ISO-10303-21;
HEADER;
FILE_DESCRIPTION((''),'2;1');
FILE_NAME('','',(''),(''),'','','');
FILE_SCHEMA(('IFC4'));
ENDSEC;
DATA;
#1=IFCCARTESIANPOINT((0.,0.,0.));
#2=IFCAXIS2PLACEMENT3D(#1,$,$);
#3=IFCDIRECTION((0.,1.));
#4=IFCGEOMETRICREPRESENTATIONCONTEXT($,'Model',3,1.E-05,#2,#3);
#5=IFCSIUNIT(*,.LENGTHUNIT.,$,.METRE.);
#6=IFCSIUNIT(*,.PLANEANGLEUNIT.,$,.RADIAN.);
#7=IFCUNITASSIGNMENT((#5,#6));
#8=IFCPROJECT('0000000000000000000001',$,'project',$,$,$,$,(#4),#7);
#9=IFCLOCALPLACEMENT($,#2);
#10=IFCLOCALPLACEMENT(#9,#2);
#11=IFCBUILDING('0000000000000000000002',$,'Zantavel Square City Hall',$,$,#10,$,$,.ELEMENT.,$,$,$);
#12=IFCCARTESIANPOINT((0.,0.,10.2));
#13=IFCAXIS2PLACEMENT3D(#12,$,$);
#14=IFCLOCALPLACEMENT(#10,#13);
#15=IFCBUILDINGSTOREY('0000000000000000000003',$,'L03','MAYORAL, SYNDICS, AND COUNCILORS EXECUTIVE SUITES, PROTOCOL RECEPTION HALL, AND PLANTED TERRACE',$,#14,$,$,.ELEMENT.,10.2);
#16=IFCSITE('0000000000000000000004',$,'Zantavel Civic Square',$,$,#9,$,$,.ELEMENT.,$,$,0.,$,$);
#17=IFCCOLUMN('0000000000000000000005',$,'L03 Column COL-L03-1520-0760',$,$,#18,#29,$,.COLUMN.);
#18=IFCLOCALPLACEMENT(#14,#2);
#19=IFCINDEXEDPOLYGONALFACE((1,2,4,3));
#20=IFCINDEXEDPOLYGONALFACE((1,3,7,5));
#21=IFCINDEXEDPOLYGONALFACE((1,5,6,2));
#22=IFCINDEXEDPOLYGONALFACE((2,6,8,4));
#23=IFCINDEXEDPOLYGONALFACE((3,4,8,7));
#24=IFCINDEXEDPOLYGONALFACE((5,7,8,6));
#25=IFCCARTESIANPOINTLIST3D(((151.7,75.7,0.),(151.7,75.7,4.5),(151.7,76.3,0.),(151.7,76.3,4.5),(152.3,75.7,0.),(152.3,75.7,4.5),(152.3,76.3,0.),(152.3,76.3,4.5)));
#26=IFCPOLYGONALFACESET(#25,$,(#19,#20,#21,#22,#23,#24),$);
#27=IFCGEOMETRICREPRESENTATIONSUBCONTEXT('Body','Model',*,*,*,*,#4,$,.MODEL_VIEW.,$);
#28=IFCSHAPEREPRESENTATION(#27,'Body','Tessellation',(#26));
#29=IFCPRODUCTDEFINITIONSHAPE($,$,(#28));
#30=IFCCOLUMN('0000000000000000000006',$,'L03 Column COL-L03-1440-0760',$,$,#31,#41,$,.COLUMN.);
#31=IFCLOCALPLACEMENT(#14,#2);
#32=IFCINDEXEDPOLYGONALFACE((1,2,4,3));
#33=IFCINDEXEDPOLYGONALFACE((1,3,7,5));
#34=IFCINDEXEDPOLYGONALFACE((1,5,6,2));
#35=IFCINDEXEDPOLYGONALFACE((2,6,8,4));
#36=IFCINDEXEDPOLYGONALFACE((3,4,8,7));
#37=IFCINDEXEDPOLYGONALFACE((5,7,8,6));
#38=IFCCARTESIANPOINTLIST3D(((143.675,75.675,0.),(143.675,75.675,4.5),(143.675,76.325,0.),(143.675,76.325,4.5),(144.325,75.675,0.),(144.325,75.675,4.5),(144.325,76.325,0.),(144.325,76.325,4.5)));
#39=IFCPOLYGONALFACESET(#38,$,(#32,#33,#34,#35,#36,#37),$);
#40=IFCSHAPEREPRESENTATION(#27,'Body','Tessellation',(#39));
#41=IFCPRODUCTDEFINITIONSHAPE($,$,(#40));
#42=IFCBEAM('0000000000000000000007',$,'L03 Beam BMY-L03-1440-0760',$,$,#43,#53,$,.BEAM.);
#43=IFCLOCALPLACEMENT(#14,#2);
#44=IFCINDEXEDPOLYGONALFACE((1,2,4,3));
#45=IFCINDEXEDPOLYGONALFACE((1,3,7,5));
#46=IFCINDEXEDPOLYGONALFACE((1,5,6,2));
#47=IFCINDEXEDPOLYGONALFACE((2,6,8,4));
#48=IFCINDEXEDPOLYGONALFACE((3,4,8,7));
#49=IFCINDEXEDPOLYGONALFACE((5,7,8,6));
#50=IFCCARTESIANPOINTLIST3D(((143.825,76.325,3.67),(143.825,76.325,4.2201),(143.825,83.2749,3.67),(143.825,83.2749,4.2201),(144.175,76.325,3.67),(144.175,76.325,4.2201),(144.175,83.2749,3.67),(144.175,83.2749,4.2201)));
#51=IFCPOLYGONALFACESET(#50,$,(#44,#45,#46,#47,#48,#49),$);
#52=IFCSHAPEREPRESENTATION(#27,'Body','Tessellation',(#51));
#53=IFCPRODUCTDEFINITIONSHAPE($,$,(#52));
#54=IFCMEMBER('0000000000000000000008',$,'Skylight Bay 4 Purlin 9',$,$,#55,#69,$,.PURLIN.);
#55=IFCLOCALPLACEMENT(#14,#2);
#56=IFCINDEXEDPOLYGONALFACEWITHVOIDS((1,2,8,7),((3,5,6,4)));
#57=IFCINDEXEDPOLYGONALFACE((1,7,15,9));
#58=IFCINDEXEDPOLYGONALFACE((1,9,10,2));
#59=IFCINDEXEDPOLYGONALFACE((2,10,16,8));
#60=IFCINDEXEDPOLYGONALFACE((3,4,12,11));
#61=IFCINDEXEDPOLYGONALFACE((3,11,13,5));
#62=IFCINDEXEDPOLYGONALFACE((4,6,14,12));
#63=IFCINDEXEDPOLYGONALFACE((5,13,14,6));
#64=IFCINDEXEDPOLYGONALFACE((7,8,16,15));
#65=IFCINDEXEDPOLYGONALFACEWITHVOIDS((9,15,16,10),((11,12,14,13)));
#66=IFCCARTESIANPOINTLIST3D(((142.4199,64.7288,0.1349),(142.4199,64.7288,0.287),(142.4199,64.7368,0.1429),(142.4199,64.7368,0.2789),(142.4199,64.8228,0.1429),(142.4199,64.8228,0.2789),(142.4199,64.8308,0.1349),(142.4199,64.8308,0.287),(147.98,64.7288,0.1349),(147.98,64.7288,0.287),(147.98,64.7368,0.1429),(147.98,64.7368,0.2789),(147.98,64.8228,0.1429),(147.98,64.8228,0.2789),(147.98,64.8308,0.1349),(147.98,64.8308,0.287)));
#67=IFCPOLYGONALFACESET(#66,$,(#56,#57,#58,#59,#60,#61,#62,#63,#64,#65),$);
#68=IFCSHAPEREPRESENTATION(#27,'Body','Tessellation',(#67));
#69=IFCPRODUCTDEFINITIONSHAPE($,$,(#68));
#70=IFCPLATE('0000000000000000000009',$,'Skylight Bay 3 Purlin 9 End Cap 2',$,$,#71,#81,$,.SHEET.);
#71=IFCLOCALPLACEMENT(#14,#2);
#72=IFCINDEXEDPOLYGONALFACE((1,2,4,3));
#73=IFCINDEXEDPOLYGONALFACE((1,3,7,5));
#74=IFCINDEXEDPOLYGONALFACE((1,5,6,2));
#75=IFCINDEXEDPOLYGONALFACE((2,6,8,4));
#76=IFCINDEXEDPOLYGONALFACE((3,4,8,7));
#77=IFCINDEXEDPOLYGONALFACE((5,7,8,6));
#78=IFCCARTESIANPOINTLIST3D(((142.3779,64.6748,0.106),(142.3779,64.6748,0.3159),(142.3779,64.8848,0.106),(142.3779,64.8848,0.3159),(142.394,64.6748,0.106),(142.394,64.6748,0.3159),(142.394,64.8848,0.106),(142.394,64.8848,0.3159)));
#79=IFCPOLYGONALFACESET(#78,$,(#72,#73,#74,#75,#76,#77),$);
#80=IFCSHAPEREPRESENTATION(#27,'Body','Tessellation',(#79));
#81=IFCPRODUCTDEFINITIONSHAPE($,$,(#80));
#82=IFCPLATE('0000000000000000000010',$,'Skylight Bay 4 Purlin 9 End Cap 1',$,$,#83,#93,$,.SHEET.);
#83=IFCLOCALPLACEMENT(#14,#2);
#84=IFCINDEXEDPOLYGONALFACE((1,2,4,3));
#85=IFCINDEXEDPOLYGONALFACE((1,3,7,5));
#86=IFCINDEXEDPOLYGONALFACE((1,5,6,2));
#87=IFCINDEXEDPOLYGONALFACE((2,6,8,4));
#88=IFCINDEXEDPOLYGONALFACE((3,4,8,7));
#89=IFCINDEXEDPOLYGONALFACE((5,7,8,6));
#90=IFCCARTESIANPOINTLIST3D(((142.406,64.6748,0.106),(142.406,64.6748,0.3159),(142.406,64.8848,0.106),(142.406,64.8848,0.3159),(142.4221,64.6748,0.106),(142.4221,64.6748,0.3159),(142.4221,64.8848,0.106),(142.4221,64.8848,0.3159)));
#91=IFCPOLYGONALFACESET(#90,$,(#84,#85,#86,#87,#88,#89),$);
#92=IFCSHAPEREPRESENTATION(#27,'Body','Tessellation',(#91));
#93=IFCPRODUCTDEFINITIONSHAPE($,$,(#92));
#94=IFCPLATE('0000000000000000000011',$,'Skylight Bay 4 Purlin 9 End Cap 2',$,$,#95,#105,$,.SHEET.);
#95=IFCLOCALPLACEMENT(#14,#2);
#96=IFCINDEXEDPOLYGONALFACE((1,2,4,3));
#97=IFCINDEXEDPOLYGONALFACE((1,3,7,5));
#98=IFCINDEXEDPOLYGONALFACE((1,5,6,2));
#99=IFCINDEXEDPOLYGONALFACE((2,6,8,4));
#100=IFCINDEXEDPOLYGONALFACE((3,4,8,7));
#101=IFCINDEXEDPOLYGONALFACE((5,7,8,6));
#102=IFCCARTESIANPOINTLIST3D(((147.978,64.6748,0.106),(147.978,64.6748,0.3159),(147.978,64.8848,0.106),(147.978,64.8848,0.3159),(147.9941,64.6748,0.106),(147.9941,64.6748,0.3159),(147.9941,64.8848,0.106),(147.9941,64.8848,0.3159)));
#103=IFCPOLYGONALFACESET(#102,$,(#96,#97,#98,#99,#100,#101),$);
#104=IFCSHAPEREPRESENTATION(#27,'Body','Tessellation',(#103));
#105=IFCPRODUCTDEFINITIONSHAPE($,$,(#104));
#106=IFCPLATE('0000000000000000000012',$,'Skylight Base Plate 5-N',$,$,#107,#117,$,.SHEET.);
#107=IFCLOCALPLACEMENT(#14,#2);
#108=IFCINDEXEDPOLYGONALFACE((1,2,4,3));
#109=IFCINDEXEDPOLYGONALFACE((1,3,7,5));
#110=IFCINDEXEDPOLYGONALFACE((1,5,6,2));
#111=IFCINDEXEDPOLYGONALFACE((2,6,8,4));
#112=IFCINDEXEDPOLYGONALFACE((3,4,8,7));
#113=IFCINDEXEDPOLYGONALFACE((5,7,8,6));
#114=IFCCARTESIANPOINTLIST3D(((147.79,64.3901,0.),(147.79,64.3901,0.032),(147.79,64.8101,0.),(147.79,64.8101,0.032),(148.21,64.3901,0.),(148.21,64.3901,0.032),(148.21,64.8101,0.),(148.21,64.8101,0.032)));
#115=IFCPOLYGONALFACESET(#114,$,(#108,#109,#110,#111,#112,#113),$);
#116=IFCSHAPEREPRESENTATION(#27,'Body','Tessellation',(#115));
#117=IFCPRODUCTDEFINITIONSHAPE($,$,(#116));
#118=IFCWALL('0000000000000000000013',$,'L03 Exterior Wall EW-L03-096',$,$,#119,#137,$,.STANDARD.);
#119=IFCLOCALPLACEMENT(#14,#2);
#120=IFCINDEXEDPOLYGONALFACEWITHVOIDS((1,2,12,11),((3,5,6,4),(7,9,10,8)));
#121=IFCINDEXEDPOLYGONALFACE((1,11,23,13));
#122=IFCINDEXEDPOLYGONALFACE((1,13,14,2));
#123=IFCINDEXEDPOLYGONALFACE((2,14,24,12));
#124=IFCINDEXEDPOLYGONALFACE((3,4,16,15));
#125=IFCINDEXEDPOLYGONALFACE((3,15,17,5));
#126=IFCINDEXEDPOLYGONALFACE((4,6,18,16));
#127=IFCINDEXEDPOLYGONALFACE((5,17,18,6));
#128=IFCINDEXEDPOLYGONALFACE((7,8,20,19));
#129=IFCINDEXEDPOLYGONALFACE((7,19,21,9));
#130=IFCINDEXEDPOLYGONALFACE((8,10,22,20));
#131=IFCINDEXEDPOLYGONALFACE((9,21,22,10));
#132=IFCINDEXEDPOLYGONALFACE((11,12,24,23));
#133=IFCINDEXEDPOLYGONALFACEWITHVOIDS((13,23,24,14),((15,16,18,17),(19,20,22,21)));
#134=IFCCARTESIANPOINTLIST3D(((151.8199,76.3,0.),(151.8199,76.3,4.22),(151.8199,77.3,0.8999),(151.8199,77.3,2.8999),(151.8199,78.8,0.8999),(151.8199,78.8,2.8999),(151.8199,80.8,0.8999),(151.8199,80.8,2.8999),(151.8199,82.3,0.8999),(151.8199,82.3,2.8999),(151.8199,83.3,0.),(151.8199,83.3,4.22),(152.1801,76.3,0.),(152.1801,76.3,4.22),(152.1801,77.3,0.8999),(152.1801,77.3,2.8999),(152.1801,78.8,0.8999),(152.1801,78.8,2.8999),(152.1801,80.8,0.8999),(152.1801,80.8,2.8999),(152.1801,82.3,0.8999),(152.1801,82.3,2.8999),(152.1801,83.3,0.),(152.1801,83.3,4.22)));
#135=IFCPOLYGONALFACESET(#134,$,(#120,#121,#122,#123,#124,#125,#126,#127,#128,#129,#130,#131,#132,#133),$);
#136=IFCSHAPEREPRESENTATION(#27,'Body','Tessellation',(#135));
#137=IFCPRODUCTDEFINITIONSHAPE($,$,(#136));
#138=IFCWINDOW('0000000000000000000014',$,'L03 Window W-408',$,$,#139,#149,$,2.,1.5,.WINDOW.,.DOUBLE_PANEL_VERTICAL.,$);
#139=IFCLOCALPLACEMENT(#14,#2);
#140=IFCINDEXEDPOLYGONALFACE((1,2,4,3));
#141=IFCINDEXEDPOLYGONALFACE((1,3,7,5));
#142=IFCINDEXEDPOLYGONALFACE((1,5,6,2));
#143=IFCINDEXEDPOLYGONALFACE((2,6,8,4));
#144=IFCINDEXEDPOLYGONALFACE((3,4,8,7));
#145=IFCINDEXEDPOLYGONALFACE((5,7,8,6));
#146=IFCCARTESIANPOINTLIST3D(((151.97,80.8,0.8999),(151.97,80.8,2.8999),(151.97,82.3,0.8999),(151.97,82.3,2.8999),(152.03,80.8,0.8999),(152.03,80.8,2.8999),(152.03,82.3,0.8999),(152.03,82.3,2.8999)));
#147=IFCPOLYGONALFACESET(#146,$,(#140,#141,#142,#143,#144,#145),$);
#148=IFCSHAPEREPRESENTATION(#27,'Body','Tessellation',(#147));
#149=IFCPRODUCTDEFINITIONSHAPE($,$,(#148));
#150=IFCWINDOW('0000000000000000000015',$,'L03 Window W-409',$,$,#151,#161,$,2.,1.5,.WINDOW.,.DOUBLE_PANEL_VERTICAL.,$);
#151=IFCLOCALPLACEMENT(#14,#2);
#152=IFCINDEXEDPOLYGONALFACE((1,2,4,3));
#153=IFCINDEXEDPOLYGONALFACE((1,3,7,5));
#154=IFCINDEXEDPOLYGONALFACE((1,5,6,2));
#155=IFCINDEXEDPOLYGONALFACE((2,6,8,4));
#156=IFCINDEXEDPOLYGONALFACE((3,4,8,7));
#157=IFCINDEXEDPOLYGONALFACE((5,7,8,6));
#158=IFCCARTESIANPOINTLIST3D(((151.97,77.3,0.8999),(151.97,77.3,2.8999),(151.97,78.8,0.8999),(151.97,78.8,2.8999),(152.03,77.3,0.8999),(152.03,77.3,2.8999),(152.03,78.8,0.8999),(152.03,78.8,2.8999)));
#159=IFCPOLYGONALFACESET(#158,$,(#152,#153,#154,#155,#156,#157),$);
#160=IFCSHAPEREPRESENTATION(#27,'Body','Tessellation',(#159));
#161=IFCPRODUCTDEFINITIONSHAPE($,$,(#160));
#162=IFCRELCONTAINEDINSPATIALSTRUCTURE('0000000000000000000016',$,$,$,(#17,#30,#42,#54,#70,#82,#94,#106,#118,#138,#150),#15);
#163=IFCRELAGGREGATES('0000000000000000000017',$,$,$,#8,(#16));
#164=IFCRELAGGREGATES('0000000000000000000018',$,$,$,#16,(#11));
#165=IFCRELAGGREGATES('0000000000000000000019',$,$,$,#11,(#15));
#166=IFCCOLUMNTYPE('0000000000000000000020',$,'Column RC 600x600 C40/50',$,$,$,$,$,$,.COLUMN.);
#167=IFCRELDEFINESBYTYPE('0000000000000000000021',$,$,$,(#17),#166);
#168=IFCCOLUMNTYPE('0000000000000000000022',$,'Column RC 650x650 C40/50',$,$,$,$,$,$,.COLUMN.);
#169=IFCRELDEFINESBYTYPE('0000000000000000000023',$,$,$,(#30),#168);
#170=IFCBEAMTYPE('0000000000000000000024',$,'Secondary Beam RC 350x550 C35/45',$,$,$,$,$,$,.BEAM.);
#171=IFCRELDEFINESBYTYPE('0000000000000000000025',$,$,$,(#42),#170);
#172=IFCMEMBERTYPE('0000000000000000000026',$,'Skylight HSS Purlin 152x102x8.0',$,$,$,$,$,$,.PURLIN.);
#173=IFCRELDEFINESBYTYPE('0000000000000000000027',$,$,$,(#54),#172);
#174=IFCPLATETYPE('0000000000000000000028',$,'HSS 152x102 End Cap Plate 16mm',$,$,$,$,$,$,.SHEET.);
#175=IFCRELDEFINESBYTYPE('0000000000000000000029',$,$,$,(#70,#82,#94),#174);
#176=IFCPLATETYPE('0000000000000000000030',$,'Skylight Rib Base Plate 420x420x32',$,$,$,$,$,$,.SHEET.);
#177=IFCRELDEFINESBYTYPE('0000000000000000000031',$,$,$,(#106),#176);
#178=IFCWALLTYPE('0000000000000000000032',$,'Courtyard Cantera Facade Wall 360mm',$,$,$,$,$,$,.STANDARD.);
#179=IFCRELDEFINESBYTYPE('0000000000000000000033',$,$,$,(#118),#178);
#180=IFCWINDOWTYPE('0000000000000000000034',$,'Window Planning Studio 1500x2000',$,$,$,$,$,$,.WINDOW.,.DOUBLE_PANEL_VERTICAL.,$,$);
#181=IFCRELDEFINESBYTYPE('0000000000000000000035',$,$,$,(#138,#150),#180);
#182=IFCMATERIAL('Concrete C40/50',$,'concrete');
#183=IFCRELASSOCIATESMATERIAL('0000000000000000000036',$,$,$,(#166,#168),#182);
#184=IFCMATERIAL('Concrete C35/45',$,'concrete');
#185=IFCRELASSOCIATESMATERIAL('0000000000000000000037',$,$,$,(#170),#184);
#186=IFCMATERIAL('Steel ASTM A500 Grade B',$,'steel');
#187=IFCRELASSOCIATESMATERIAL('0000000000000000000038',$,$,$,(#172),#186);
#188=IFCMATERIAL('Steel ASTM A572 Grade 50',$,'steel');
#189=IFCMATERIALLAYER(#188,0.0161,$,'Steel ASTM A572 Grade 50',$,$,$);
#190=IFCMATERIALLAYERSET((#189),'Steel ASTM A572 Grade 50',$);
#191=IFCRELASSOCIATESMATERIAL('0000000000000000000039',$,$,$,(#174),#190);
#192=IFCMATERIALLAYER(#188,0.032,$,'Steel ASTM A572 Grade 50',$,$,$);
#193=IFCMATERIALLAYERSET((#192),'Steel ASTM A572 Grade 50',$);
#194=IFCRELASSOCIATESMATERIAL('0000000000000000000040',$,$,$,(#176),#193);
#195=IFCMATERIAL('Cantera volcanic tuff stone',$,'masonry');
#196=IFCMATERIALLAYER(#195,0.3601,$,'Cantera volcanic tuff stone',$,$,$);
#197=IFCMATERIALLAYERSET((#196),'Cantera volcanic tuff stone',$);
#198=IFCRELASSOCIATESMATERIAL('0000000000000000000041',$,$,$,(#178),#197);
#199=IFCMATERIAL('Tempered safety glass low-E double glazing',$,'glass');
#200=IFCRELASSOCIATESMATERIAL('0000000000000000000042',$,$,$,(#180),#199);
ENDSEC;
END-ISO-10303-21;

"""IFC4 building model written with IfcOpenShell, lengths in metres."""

from ifc_helpers import new_model, si_unit, direction, frame, frame_2d, origin, origin_2d, place, context, subcontext, project, spatial, rectangle, hollow_rectangle, extrude, material, layer, layer_set, material_profile, profile_set, type_object, element, fill, save


model = new_model("IFC4")

# Units and contexts
model_context = context("Model", 3, precision=1e-05, world=origin(), true_north=direction((0.0, 1.0)))
body_context = subcontext(model_context, "Body", "Model", "MODEL_VIEW")
ifc_project = project(units=[si_unit("LENGTHUNIT", "METRE"), si_unit("PLANEANGLEUNIT", "RADIAN")], contexts=[model_context])

# Site, building, storey
site_placement = place(None, origin())
site = spatial("IfcSite", under=ifc_project, at=site_placement, Name="Zantavel Civic Square", CompositionType="ELEMENT", RefElevation=0.0)
building_placement = place(site_placement, origin())
building = spatial("IfcBuilding", under=site, at=building_placement, Name="Zantavel Square City Hall", CompositionType="ELEMENT")
storey_placement = place(building_placement, frame((0.0, 0.0, 10.2)))
storey = spatial("IfcBuildingStorey", under=building, at=storey_placement, Name="L03", Description="MAYORAL, SYNDICS, AND COUNCILORS EXECUTIVE SUITES, PROTOCOL RECEPTION HALL, AND PLANTED TERRACE", CompositionType="ELEMENT", Elevation=10.2)

# Columns
ifc_material_1 = material(Name="Concrete C40/50", Category="concrete")
ifc_material_profile_1 = material_profile(ifc_material_1, rectangle(XDim=0.6001, YDim=0.6001, at=origin_2d()), Name="RC 600x600")
ifc_profile_set_1 = profile_set([ifc_material_profile_1], Name="Concrete C40/50")
column_type_1 = type_object("IfcColumnType", Name="Column RC 600x600 C40/50", PredefinedType="COLUMN", material=ifc_profile_set_1)
column_1_placement = place(storey_placement, frame((152.0, 76.0, 0.0), z_axis=(0.0, 0.0, 1.0), x_axis=(1.0, 0.0, 0.0)))
element("IfcColumn", 1, at=column_1_placement, inside=storey, type_object=column_type_1, Name="L03 Column COL-L03-1520-0760", PredefinedType="COLUMN", context=body_context, shape_type="SweptSolid", body=[
    extrude(rectangle(XDim=0.6001, YDim=0.6001, at=origin_2d()), origin(), (0.0, 0.0, 1.0), 4.5),
])
ifc_material_profile_2 = material_profile(ifc_material_1, rectangle(XDim=0.6499, YDim=0.6499, at=origin_2d()), Name="RC 650x650")
ifc_profile_set_2 = profile_set([ifc_material_profile_2], Name="Concrete C40/50")
column_type_2 = type_object("IfcColumnType", Name="Column RC 650x650 C40/50", PredefinedType="COLUMN", material=ifc_profile_set_2)
column_2_placement = place(storey_placement, frame((144.0, 76.0, 0.0), z_axis=(0.0, 0.0, 1.0), x_axis=(1.0, 0.0, 0.0)))
element("IfcColumn", 2, at=column_2_placement, inside=storey, type_object=column_type_2, Name="L03 Column COL-L03-1440-0760", PredefinedType="COLUMN", context=body_context, shape_type="SweptSolid", body=[
    extrude(rectangle(XDim=0.6499, YDim=0.6499, at=origin_2d()), origin(), (0.0, 0.0, 1.0), 4.5),
])

# Beam
ifc_material_2 = material(Name="Concrete C35/45", Category="concrete")
ifc_material_profile_3 = material_profile(ifc_material_2, rectangle(XDim=0.3501, YDim=0.55, at=origin_2d()), Name="RC 350x550")
ifc_profile_set_3 = profile_set([ifc_material_profile_3], Name="Concrete C35/45")
beam_type = type_object("IfcBeamType", Name="Secondary Beam RC 350x550 C35/45", PredefinedType="BEAM", material=ifc_profile_set_3)
beam_placement = place(storey_placement, frame((144.0, 76.325, 3.9451), z_axis=(0.0, 1.0, 0.0), x_axis=(-1.0, 0.0, 0.0)))
element("IfcBeam", 3, at=beam_placement, inside=storey, type_object=beam_type, Name="L03 Beam BMY-L03-1440-0760", PredefinedType="BEAM", context=body_context, shape_type="SweptSolid", body=[
    extrude(rectangle(XDim=0.3501, YDim=0.55, at=origin_2d()), origin(), (0.0, 0.0, 1.0), 6.95),
])

# Member
ifc_material_3 = material(Name="Steel ASTM A500 Grade B", Category="steel")
ifc_material_profile_4 = material_profile(ifc_material_3, hollow_rectangle(XDim=0.1021, YDim=0.1521, WallThickness=0.0081, at=origin_2d()), Name="HSS 152x102x8.0")
ifc_profile_set_4 = profile_set([ifc_material_profile_4], Name="Steel ASTM A500 Grade B")
member_type = type_object("IfcMemberType", Name="Skylight HSS Purlin 152x102x8.0", PredefinedType="PURLIN", material=ifc_profile_set_4)
member_placement = place(storey_placement, frame((142.4199, 64.7798, 0.2109), z_axis=(1.0, 0.0, 0.0), x_axis=(0.0, 1.0, 0.0)))
element("IfcMember", 4, at=member_placement, inside=storey, type_object=member_type, Name="Skylight Bay 4 Purlin 9", PredefinedType="PURLIN", context=body_context, shape_type="SweptSolid", body=[
    extrude(hollow_rectangle(XDim=0.1021, YDim=0.1521, WallThickness=0.0081, at=origin_2d()), origin(), (0.0, 0.0, 1.0), 5.5601),
])

# Plates
ifc_material_4 = material(Name="Steel ASTM A572 Grade 50", Category="steel")
ifc_layer_1 = layer(ifc_material_4, 0.0161, Name="Steel ASTM A572 Grade 50")
ifc_layer_set_1 = layer_set([ifc_layer_1], Name="Steel ASTM A572 Grade 50")
plate_type_1 = type_object("IfcPlateType", Name="HSS 152x102 End Cap Plate 16mm", PredefinedType="SHEET", material=ifc_layer_set_1)
for number, where, z_axis, x_axis, name in (
    (5, (142.386, 64.7798, 0.106), (0.0, 0.0, 1.0), (1.0, 0.0, 0.0), "Skylight Bay 3 Purlin 9 End Cap 2"),
    (6, (142.4141, 64.7798, 0.106), (0.0, 0.0, 1.0), (1.0, 0.0, 0.0), "Skylight Bay 4 Purlin 9 End Cap 1"),
    (7, (147.9861, 64.7798, 0.106), (0.0, 0.0, 1.0), (1.0, 0.0, 0.0), "Skylight Bay 4 Purlin 9 End Cap 2"),
):
    element("IfcPlate", number, at=place(storey_placement, frame(where, z_axis=z_axis, x_axis=x_axis)), inside=storey, type_object=plate_type_1, Name=name, PredefinedType="SHEET", context=body_context, shape_type="SweptSolid", body=[
        extrude(rectangle(XDim=0.0161, YDim=0.21, at=origin_2d()), origin(), (0.0, 0.0, 1.0), 0.21),
    ])
ifc_layer_2 = layer(ifc_material_4, 0.032, Name="Steel ASTM A572 Grade 50")
ifc_layer_set_2 = layer_set([ifc_layer_2], Name="Steel ASTM A572 Grade 50")
plate_type_2 = type_object("IfcPlateType", Name="Skylight Rib Base Plate 420x420x32", PredefinedType="SHEET", material=ifc_layer_set_2)
plate_placement = place(storey_placement, frame((148.0, 64.6001, 0.0), z_axis=(0.0, 0.0, 1.0), x_axis=(1.0, 0.0, 0.0)))
element("IfcPlate", 8, at=plate_placement, inside=storey, type_object=plate_type_2, Name="Skylight Base Plate 5-N", PredefinedType="SHEET", context=body_context, shape_type="SweptSolid", body=[
    extrude(rectangle(XDim=0.4199, YDim=0.4199, at=origin_2d()), origin(), (0.0, 0.0, 1.0), 0.032),
])

# Wall, openings, windows
ifc_material_5 = material(Name="Cantera volcanic tuff stone", Category="masonry")
ifc_layer_3 = layer(ifc_material_5, 0.3601, Name="Cantera volcanic tuff stone")
ifc_layer_set_3 = layer_set([ifc_layer_3], Name="Cantera volcanic tuff stone")
wall_type_1 = type_object("IfcWallType", Name="Courtyard Cantera Facade Wall 360mm", PredefinedType="STANDARD", material=ifc_layer_set_3)
wall_1_placement = place(storey_placement, frame((152.0, 83.3, 0.0), z_axis=(0.0, 0.0, 1.0), x_axis=(0.0, -1.0, 0.0)))
wall_1 = element("IfcWall", 9, at=wall_1_placement, inside=storey, type_object=wall_type_1, Name="L03 Exterior Wall EW-L03-096", PredefinedType="STANDARD", context=body_context, shape_type="SweptSolid", body=[
    extrude(rectangle(XDim=7.0, YDim=0.3601, at=frame_2d((3.5, 0.0))), origin(), (0.0, 0.0, 1.0), 4.22),
])
opening_1_placement = place(wall_1_placement, frame((1.0, 0.0, 0.8999)))
opening_1 = element("IfcOpeningElement", 10, at=opening_1_placement, cuts=wall_1, PredefinedType="OPENING", context=body_context, shape_type="SweptSolid", body=[
    extrude(rectangle(XDim=1.5, YDim=2.0, at=frame_2d((0.75, 1.0))), frame((0.0, 0.1899, 0.0), z_axis=(0.0, -1.0, 0.0), x_axis=(1.0, 0.0, 0.0)), (0.0, 0.0, 1.0), 0.3801),
])
opening_2_placement = place(wall_1_placement, frame((4.5, 0.0, 0.8999)))
opening_2 = element("IfcOpeningElement", 11, at=opening_2_placement, cuts=wall_1, PredefinedType="OPENING", context=body_context, shape_type="SweptSolid", body=[
    extrude(rectangle(XDim=1.5, YDim=2.0, at=frame_2d((0.75, 1.0))), frame((0.0, 0.1899, 0.0), z_axis=(0.0, -1.0, 0.0), x_axis=(1.0, 0.0, 0.0)), (0.0, 0.0, 1.0), 0.3801),
])
ifc_material_6 = material(Name="Tempered safety glass low-E double glazing", Category="glass")
window_type_1 = type_object("IfcWindowType", Name="Window Planning Studio 1500x2000", PartitioningType="DOUBLE_PANEL_VERTICAL", PredefinedType="WINDOW", material=ifc_material_6)
window_1_placement = place(opening_1_placement, origin())
window_1 = element("IfcWindow", 12, at=window_1_placement, inside=storey, type_object=window_type_1, Name="L03 Window W-408", OverallHeight=2.0, OverallWidth=1.5, PartitioningType="DOUBLE_PANEL_VERTICAL", PredefinedType="WINDOW", context=body_context, shape_type="SweptSolid", body=[
    extrude(rectangle(XDim=1.5, YDim=2.0, at=frame_2d((0.75, 1.0))), frame((0.0, 0.03, 0.0), z_axis=(0.0, -1.0, 0.0), x_axis=(1.0, 0.0, 0.0)), (0.0, 0.0, 1.0), 0.0601),
])
fill(opening_1, window_1)
window_2_placement = place(opening_2_placement, origin())
window_2 = element("IfcWindow", 13, at=window_2_placement, inside=storey, type_object=window_type_1, Name="L03 Window W-409", OverallHeight=2.0, OverallWidth=1.5, PartitioningType="DOUBLE_PANEL_VERTICAL", PredefinedType="WINDOW", context=body_context, shape_type="SweptSolid", body=[
    extrude(rectangle(XDim=1.5, YDim=2.0, at=frame_2d((0.75, 1.0))), frame((0.0, 0.03, 0.0), z_axis=(0.0, -1.0, 0.0), x_axis=(1.0, 0.0, 0.0)), (0.0, 0.0, 1.0), 0.0601),
])
fill(opening_2, window_2)

save(model, "model.ifc")
